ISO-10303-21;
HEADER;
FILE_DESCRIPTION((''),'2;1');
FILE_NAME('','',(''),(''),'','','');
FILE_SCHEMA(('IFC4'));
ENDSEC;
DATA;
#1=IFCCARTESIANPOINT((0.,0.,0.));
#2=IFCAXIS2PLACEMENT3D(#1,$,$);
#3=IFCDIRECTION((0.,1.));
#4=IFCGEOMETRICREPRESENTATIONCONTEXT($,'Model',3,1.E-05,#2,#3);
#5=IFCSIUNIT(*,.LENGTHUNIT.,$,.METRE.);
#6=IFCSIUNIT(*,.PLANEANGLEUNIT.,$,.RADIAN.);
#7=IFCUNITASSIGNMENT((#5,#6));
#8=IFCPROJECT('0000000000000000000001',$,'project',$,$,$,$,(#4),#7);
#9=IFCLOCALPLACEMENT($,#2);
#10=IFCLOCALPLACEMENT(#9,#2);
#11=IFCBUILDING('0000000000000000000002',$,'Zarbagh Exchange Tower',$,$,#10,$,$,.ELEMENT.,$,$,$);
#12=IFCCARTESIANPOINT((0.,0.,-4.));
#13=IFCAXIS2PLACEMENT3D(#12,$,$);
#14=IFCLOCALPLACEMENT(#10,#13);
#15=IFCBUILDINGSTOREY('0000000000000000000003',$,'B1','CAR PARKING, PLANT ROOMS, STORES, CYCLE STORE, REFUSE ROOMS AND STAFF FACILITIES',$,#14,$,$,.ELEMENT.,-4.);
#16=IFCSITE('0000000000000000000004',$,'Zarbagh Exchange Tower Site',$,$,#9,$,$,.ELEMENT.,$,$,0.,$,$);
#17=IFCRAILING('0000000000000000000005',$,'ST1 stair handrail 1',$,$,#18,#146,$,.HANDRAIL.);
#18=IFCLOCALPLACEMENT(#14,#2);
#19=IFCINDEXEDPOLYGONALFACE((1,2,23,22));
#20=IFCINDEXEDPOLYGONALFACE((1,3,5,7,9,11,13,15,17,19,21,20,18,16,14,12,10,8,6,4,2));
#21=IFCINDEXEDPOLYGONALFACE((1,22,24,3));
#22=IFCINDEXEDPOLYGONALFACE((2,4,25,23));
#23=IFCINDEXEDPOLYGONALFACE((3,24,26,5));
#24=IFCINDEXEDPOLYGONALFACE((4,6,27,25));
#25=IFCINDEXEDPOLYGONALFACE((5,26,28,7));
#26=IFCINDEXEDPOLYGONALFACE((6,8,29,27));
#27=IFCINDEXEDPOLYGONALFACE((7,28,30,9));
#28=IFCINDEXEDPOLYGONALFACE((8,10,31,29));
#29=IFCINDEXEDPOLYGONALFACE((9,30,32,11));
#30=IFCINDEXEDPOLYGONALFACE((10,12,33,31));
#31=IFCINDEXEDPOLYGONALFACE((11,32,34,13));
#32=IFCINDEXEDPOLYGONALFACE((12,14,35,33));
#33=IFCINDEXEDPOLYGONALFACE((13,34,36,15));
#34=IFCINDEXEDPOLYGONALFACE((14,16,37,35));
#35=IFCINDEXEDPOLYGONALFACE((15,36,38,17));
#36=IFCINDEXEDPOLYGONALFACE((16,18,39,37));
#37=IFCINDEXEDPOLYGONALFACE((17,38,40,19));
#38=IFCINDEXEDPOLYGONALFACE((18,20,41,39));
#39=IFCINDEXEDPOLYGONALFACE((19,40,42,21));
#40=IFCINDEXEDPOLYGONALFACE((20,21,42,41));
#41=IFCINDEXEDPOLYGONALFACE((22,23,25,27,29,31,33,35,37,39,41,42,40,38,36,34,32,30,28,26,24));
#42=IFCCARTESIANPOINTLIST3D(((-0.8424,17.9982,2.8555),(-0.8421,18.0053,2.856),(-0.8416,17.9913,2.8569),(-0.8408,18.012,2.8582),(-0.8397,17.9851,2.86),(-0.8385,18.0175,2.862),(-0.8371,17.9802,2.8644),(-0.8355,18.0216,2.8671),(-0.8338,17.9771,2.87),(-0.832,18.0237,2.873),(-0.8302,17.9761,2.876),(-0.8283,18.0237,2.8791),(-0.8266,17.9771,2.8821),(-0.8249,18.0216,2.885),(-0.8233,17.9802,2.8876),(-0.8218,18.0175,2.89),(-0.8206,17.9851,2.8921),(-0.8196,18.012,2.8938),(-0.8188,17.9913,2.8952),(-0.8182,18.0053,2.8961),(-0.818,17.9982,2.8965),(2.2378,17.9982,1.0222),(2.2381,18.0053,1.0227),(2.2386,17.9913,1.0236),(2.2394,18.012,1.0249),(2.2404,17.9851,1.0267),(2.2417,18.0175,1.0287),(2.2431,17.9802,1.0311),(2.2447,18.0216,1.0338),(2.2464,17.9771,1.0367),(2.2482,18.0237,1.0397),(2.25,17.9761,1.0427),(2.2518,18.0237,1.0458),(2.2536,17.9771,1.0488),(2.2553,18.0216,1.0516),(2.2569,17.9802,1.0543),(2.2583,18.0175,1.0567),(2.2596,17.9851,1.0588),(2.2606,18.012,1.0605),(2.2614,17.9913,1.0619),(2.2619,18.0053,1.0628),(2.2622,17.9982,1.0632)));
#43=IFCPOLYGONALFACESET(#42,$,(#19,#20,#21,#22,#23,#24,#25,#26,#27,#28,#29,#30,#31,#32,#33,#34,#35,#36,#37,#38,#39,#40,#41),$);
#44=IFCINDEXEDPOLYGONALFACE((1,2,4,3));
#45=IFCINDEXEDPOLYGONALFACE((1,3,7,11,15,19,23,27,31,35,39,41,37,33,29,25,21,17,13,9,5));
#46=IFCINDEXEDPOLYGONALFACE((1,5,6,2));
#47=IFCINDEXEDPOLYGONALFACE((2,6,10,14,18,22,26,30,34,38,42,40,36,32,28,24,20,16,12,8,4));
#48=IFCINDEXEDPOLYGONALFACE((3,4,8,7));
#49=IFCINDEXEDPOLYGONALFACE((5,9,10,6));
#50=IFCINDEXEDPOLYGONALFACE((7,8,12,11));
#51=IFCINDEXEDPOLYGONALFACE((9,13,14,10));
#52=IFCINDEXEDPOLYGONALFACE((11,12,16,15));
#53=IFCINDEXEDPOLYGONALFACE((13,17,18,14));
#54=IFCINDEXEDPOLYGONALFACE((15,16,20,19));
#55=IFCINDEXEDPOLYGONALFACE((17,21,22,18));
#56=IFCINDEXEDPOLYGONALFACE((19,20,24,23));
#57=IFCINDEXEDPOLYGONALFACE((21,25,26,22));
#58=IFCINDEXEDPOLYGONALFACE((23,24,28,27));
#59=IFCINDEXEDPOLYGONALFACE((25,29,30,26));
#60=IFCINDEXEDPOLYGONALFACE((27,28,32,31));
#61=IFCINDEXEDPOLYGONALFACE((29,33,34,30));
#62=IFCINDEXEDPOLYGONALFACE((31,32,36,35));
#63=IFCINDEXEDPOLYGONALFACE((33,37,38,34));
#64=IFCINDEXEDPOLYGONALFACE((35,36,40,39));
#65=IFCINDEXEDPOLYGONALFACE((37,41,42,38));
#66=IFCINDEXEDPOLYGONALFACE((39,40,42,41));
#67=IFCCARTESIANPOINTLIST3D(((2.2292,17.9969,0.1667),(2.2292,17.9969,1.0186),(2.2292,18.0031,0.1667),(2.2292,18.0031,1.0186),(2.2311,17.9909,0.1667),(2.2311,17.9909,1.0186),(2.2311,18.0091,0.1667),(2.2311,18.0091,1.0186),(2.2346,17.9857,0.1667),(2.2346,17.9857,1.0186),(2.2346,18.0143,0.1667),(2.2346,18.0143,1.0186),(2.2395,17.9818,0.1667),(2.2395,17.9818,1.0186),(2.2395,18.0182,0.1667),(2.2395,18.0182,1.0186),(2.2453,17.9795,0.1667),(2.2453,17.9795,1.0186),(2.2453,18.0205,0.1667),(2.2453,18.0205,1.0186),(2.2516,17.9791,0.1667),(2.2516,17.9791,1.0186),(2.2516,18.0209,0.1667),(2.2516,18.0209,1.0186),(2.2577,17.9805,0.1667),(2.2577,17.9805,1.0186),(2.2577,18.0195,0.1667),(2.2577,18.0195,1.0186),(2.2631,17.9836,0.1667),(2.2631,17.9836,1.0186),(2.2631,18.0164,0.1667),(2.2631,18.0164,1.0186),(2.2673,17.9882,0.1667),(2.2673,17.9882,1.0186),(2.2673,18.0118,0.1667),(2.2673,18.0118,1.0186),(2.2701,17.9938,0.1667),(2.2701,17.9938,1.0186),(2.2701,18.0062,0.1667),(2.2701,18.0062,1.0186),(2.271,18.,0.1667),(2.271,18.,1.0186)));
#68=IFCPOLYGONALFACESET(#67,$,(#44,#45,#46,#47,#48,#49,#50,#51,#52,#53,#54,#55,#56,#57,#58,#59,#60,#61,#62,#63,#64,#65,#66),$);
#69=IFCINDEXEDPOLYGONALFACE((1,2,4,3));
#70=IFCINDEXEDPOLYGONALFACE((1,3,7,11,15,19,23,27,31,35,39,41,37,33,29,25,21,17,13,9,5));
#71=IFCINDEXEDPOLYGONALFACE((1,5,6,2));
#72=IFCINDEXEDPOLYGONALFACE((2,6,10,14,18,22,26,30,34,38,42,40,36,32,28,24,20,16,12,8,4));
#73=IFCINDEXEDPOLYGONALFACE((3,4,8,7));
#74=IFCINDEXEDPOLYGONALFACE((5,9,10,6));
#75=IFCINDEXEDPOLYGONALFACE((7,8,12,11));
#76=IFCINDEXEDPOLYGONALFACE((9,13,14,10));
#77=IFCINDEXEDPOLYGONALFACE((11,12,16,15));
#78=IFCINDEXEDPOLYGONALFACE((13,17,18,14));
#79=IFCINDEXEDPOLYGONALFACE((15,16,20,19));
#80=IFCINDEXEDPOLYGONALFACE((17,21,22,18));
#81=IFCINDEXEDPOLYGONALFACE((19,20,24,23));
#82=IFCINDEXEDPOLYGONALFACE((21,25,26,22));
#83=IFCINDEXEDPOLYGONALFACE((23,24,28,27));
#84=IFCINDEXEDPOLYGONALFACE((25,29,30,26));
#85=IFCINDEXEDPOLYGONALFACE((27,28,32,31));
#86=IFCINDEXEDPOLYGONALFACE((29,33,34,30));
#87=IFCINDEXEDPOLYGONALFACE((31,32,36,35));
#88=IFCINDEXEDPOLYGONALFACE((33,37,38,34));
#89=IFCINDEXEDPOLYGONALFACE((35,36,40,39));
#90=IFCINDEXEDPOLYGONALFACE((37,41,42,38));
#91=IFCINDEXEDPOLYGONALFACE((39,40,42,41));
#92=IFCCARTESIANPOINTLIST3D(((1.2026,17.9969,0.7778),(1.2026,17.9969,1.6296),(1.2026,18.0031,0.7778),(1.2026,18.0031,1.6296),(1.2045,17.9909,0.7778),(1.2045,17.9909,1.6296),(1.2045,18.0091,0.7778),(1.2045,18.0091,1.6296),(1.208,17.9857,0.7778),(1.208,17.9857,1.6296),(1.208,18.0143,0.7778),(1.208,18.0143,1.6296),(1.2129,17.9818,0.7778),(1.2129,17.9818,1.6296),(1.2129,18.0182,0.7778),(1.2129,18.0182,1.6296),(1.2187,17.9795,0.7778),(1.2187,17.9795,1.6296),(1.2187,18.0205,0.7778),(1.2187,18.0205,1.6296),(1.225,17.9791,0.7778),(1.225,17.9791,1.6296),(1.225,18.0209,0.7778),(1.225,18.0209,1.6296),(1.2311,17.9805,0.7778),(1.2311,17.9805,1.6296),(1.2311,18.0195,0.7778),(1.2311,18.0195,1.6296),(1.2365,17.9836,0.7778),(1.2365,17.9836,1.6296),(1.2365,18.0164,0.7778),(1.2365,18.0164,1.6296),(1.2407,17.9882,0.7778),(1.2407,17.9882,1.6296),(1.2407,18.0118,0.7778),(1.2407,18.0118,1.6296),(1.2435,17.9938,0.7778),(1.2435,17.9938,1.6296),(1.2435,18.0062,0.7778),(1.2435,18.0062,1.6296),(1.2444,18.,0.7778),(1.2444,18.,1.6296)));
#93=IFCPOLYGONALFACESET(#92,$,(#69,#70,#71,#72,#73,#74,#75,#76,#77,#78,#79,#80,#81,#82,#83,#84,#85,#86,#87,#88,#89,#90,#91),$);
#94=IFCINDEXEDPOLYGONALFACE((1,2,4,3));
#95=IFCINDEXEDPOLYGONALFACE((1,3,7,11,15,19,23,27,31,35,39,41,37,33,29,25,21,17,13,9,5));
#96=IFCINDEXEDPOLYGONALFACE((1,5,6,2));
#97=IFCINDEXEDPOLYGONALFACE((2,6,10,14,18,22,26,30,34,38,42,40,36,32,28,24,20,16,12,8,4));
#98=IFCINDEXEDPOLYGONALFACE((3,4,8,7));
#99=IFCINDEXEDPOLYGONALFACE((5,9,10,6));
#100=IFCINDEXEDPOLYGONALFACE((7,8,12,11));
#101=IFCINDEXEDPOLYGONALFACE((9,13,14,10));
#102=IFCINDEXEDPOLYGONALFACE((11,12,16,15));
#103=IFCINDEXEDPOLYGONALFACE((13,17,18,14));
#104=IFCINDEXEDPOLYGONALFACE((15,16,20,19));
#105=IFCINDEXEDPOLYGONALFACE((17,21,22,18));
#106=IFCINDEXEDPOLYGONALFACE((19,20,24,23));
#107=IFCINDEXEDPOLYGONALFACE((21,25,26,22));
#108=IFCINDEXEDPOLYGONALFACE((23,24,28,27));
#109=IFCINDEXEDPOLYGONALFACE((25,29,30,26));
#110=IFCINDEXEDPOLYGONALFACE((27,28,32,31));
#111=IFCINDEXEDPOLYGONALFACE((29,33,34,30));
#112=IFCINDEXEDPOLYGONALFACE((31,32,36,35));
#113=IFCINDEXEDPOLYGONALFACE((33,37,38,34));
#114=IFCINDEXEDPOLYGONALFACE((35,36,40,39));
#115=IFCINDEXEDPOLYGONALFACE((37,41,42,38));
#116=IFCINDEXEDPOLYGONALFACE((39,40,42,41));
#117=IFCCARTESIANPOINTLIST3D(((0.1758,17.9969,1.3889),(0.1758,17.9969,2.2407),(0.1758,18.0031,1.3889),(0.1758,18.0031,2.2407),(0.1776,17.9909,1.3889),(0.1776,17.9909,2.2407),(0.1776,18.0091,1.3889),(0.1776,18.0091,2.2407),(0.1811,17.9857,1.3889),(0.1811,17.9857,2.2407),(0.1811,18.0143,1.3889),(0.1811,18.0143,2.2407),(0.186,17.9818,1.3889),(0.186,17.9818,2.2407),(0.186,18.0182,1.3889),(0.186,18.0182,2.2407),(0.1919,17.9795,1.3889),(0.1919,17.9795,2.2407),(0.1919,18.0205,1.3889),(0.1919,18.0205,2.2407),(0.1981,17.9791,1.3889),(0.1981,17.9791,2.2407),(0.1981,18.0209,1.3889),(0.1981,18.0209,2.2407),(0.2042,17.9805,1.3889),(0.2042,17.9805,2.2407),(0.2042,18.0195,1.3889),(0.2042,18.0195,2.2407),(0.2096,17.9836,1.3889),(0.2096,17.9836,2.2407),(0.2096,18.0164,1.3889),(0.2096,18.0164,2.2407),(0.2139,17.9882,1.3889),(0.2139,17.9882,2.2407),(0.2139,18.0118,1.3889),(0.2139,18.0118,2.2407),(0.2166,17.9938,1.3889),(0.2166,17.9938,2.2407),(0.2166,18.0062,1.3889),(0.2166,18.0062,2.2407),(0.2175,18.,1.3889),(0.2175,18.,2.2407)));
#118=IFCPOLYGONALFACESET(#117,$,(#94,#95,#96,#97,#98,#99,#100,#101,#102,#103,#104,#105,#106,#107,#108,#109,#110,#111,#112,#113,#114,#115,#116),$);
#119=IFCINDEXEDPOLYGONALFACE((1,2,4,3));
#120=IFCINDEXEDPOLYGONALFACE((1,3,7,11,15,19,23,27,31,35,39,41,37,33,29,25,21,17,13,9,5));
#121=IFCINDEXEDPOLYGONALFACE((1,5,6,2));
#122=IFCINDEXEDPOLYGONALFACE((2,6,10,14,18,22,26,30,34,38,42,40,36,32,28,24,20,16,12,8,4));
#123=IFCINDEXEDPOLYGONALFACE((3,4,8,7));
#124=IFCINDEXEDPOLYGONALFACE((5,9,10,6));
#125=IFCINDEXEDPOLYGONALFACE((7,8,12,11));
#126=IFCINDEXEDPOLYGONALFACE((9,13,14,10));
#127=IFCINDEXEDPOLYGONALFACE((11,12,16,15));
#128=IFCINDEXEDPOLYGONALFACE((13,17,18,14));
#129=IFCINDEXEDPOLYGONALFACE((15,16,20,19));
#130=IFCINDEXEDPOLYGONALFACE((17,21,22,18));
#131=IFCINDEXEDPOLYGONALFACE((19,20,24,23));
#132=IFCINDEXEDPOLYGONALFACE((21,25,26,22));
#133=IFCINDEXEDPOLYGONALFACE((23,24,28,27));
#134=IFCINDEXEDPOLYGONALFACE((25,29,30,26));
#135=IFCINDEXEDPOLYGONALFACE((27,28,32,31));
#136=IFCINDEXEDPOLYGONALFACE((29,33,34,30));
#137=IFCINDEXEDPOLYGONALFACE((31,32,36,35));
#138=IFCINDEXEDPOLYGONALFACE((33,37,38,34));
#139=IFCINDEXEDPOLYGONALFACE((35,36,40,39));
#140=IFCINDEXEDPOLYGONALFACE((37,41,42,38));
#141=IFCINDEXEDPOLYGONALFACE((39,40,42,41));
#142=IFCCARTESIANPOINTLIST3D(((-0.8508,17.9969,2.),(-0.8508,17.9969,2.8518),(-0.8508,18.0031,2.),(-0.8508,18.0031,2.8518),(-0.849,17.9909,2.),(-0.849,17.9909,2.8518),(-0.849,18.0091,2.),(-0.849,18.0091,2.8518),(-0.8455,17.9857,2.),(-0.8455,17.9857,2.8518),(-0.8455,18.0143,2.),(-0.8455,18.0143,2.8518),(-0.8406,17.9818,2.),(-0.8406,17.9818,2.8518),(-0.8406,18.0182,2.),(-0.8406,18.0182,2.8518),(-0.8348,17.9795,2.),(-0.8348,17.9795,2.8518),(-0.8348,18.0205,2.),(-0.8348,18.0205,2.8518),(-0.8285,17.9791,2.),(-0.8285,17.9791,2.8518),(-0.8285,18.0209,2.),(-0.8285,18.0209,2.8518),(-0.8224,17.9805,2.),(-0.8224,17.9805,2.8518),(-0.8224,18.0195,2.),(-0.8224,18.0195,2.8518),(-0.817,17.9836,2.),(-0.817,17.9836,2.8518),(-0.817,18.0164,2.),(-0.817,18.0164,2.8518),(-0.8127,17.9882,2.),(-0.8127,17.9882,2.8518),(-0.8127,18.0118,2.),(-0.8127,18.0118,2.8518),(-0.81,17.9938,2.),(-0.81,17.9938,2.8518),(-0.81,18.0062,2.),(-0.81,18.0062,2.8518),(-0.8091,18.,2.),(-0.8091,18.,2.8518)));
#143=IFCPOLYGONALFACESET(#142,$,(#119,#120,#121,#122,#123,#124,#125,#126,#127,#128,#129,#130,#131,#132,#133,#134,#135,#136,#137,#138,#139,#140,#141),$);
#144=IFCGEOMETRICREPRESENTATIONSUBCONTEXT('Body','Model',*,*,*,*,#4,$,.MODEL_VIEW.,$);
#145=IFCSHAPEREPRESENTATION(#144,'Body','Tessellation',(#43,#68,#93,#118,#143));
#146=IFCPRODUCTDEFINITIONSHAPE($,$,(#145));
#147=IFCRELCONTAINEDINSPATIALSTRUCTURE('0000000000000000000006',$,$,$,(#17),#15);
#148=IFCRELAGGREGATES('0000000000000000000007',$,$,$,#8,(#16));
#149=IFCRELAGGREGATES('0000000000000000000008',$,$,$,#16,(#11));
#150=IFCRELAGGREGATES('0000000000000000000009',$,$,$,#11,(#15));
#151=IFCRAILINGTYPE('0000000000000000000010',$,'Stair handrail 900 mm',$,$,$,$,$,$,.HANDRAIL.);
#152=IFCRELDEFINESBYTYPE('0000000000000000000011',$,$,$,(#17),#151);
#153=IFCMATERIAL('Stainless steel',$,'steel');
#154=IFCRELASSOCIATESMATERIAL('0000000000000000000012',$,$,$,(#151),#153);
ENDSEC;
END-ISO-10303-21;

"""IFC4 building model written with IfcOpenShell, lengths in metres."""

from ifc_helpers import new_model, si_unit, direction, frame, origin, origin_2d, place, context, subcontext, project, spatial, circle, extrude, material, type_object, element, save


model = new_model("IFC4")

# Units and contexts
model_context = context("Model", 3, precision=1e-05, world=origin(), true_north=direction((0.0, 1.0)))
body_context = subcontext(model_context, "Body", "Model", "MODEL_VIEW")
ifc_project = project(units=[si_unit("LENGTHUNIT", "METRE"), si_unit("PLANEANGLEUNIT", "RADIAN")], contexts=[model_context])

# Site, building, storey
site_placement = place(None, origin())
site = spatial("IfcSite", under=ifc_project, at=site_placement, Name="Zarbagh Exchange Tower Site", CompositionType="ELEMENT", RefElevation=0.0)
building_placement = place(site_placement, origin())
building = spatial("IfcBuilding", under=site, at=building_placement, Name="Zarbagh Exchange Tower", CompositionType="ELEMENT")
storey_placement = place(building_placement, frame((0.0, 0.0, -4.0)))
storey = spatial("IfcBuildingStorey", under=building, at=storey_placement, Name="B1", Description="CAR PARKING, PLANT ROOMS, STORES, CYCLE STORE, REFUSE ROOMS AND STAFF FACILITIES", CompositionType="ELEMENT", Elevation=-4.0)

# Shared definitions
ifc_material_1 = material(Name="Stainless steel", Category="steel")

# Railing
railing_type_1 = type_object("IfcRailingType", Name="Stair handrail 900 mm", PredefinedType="HANDRAIL", material=ifc_material_1)
for number, where, name in (
    (1, (2.25, 18.0, 0.1667), "ST1 stair handrail 1"),
):
    element("IfcRailing", number, at=place(storey_placement, frame(where)), inside=storey, type_object=railing_type_1, Name=name, PredefinedType="HANDRAIL", context=body_context, shape_type="SweptSolid", body=[
        extrude(circle(Radius=0.0239, at=origin_2d()), frame((0.0, 0.0, 0.876), z_axis=(-0.859309, 0.0, 0.511458), x_axis=(0.0, -1.0, 0.0)), (0.0, 0.0, 1.0), 3.5845),
        extrude(circle(Radius=0.021, at=origin_2d()), origin(), (0.0, 0.0, 1.0), 0.8518),
        extrude(circle(Radius=0.021, at=origin_2d()), frame((-1.0266, 0.0, 0.6111)), (0.0, 0.0, 1.0), 0.8518),
        extrude(circle(Radius=0.021, at=origin_2d()), frame((-2.0535, 0.0, 1.2222)), (0.0, 0.0, 1.0), 0.8518),
        extrude(circle(Radius=0.021, at=origin_2d()), frame((-3.0801, 0.0, 1.8333)), (0.0, 0.0, 1.0), 0.8518),
    ])

save(model, "model.ifc")
